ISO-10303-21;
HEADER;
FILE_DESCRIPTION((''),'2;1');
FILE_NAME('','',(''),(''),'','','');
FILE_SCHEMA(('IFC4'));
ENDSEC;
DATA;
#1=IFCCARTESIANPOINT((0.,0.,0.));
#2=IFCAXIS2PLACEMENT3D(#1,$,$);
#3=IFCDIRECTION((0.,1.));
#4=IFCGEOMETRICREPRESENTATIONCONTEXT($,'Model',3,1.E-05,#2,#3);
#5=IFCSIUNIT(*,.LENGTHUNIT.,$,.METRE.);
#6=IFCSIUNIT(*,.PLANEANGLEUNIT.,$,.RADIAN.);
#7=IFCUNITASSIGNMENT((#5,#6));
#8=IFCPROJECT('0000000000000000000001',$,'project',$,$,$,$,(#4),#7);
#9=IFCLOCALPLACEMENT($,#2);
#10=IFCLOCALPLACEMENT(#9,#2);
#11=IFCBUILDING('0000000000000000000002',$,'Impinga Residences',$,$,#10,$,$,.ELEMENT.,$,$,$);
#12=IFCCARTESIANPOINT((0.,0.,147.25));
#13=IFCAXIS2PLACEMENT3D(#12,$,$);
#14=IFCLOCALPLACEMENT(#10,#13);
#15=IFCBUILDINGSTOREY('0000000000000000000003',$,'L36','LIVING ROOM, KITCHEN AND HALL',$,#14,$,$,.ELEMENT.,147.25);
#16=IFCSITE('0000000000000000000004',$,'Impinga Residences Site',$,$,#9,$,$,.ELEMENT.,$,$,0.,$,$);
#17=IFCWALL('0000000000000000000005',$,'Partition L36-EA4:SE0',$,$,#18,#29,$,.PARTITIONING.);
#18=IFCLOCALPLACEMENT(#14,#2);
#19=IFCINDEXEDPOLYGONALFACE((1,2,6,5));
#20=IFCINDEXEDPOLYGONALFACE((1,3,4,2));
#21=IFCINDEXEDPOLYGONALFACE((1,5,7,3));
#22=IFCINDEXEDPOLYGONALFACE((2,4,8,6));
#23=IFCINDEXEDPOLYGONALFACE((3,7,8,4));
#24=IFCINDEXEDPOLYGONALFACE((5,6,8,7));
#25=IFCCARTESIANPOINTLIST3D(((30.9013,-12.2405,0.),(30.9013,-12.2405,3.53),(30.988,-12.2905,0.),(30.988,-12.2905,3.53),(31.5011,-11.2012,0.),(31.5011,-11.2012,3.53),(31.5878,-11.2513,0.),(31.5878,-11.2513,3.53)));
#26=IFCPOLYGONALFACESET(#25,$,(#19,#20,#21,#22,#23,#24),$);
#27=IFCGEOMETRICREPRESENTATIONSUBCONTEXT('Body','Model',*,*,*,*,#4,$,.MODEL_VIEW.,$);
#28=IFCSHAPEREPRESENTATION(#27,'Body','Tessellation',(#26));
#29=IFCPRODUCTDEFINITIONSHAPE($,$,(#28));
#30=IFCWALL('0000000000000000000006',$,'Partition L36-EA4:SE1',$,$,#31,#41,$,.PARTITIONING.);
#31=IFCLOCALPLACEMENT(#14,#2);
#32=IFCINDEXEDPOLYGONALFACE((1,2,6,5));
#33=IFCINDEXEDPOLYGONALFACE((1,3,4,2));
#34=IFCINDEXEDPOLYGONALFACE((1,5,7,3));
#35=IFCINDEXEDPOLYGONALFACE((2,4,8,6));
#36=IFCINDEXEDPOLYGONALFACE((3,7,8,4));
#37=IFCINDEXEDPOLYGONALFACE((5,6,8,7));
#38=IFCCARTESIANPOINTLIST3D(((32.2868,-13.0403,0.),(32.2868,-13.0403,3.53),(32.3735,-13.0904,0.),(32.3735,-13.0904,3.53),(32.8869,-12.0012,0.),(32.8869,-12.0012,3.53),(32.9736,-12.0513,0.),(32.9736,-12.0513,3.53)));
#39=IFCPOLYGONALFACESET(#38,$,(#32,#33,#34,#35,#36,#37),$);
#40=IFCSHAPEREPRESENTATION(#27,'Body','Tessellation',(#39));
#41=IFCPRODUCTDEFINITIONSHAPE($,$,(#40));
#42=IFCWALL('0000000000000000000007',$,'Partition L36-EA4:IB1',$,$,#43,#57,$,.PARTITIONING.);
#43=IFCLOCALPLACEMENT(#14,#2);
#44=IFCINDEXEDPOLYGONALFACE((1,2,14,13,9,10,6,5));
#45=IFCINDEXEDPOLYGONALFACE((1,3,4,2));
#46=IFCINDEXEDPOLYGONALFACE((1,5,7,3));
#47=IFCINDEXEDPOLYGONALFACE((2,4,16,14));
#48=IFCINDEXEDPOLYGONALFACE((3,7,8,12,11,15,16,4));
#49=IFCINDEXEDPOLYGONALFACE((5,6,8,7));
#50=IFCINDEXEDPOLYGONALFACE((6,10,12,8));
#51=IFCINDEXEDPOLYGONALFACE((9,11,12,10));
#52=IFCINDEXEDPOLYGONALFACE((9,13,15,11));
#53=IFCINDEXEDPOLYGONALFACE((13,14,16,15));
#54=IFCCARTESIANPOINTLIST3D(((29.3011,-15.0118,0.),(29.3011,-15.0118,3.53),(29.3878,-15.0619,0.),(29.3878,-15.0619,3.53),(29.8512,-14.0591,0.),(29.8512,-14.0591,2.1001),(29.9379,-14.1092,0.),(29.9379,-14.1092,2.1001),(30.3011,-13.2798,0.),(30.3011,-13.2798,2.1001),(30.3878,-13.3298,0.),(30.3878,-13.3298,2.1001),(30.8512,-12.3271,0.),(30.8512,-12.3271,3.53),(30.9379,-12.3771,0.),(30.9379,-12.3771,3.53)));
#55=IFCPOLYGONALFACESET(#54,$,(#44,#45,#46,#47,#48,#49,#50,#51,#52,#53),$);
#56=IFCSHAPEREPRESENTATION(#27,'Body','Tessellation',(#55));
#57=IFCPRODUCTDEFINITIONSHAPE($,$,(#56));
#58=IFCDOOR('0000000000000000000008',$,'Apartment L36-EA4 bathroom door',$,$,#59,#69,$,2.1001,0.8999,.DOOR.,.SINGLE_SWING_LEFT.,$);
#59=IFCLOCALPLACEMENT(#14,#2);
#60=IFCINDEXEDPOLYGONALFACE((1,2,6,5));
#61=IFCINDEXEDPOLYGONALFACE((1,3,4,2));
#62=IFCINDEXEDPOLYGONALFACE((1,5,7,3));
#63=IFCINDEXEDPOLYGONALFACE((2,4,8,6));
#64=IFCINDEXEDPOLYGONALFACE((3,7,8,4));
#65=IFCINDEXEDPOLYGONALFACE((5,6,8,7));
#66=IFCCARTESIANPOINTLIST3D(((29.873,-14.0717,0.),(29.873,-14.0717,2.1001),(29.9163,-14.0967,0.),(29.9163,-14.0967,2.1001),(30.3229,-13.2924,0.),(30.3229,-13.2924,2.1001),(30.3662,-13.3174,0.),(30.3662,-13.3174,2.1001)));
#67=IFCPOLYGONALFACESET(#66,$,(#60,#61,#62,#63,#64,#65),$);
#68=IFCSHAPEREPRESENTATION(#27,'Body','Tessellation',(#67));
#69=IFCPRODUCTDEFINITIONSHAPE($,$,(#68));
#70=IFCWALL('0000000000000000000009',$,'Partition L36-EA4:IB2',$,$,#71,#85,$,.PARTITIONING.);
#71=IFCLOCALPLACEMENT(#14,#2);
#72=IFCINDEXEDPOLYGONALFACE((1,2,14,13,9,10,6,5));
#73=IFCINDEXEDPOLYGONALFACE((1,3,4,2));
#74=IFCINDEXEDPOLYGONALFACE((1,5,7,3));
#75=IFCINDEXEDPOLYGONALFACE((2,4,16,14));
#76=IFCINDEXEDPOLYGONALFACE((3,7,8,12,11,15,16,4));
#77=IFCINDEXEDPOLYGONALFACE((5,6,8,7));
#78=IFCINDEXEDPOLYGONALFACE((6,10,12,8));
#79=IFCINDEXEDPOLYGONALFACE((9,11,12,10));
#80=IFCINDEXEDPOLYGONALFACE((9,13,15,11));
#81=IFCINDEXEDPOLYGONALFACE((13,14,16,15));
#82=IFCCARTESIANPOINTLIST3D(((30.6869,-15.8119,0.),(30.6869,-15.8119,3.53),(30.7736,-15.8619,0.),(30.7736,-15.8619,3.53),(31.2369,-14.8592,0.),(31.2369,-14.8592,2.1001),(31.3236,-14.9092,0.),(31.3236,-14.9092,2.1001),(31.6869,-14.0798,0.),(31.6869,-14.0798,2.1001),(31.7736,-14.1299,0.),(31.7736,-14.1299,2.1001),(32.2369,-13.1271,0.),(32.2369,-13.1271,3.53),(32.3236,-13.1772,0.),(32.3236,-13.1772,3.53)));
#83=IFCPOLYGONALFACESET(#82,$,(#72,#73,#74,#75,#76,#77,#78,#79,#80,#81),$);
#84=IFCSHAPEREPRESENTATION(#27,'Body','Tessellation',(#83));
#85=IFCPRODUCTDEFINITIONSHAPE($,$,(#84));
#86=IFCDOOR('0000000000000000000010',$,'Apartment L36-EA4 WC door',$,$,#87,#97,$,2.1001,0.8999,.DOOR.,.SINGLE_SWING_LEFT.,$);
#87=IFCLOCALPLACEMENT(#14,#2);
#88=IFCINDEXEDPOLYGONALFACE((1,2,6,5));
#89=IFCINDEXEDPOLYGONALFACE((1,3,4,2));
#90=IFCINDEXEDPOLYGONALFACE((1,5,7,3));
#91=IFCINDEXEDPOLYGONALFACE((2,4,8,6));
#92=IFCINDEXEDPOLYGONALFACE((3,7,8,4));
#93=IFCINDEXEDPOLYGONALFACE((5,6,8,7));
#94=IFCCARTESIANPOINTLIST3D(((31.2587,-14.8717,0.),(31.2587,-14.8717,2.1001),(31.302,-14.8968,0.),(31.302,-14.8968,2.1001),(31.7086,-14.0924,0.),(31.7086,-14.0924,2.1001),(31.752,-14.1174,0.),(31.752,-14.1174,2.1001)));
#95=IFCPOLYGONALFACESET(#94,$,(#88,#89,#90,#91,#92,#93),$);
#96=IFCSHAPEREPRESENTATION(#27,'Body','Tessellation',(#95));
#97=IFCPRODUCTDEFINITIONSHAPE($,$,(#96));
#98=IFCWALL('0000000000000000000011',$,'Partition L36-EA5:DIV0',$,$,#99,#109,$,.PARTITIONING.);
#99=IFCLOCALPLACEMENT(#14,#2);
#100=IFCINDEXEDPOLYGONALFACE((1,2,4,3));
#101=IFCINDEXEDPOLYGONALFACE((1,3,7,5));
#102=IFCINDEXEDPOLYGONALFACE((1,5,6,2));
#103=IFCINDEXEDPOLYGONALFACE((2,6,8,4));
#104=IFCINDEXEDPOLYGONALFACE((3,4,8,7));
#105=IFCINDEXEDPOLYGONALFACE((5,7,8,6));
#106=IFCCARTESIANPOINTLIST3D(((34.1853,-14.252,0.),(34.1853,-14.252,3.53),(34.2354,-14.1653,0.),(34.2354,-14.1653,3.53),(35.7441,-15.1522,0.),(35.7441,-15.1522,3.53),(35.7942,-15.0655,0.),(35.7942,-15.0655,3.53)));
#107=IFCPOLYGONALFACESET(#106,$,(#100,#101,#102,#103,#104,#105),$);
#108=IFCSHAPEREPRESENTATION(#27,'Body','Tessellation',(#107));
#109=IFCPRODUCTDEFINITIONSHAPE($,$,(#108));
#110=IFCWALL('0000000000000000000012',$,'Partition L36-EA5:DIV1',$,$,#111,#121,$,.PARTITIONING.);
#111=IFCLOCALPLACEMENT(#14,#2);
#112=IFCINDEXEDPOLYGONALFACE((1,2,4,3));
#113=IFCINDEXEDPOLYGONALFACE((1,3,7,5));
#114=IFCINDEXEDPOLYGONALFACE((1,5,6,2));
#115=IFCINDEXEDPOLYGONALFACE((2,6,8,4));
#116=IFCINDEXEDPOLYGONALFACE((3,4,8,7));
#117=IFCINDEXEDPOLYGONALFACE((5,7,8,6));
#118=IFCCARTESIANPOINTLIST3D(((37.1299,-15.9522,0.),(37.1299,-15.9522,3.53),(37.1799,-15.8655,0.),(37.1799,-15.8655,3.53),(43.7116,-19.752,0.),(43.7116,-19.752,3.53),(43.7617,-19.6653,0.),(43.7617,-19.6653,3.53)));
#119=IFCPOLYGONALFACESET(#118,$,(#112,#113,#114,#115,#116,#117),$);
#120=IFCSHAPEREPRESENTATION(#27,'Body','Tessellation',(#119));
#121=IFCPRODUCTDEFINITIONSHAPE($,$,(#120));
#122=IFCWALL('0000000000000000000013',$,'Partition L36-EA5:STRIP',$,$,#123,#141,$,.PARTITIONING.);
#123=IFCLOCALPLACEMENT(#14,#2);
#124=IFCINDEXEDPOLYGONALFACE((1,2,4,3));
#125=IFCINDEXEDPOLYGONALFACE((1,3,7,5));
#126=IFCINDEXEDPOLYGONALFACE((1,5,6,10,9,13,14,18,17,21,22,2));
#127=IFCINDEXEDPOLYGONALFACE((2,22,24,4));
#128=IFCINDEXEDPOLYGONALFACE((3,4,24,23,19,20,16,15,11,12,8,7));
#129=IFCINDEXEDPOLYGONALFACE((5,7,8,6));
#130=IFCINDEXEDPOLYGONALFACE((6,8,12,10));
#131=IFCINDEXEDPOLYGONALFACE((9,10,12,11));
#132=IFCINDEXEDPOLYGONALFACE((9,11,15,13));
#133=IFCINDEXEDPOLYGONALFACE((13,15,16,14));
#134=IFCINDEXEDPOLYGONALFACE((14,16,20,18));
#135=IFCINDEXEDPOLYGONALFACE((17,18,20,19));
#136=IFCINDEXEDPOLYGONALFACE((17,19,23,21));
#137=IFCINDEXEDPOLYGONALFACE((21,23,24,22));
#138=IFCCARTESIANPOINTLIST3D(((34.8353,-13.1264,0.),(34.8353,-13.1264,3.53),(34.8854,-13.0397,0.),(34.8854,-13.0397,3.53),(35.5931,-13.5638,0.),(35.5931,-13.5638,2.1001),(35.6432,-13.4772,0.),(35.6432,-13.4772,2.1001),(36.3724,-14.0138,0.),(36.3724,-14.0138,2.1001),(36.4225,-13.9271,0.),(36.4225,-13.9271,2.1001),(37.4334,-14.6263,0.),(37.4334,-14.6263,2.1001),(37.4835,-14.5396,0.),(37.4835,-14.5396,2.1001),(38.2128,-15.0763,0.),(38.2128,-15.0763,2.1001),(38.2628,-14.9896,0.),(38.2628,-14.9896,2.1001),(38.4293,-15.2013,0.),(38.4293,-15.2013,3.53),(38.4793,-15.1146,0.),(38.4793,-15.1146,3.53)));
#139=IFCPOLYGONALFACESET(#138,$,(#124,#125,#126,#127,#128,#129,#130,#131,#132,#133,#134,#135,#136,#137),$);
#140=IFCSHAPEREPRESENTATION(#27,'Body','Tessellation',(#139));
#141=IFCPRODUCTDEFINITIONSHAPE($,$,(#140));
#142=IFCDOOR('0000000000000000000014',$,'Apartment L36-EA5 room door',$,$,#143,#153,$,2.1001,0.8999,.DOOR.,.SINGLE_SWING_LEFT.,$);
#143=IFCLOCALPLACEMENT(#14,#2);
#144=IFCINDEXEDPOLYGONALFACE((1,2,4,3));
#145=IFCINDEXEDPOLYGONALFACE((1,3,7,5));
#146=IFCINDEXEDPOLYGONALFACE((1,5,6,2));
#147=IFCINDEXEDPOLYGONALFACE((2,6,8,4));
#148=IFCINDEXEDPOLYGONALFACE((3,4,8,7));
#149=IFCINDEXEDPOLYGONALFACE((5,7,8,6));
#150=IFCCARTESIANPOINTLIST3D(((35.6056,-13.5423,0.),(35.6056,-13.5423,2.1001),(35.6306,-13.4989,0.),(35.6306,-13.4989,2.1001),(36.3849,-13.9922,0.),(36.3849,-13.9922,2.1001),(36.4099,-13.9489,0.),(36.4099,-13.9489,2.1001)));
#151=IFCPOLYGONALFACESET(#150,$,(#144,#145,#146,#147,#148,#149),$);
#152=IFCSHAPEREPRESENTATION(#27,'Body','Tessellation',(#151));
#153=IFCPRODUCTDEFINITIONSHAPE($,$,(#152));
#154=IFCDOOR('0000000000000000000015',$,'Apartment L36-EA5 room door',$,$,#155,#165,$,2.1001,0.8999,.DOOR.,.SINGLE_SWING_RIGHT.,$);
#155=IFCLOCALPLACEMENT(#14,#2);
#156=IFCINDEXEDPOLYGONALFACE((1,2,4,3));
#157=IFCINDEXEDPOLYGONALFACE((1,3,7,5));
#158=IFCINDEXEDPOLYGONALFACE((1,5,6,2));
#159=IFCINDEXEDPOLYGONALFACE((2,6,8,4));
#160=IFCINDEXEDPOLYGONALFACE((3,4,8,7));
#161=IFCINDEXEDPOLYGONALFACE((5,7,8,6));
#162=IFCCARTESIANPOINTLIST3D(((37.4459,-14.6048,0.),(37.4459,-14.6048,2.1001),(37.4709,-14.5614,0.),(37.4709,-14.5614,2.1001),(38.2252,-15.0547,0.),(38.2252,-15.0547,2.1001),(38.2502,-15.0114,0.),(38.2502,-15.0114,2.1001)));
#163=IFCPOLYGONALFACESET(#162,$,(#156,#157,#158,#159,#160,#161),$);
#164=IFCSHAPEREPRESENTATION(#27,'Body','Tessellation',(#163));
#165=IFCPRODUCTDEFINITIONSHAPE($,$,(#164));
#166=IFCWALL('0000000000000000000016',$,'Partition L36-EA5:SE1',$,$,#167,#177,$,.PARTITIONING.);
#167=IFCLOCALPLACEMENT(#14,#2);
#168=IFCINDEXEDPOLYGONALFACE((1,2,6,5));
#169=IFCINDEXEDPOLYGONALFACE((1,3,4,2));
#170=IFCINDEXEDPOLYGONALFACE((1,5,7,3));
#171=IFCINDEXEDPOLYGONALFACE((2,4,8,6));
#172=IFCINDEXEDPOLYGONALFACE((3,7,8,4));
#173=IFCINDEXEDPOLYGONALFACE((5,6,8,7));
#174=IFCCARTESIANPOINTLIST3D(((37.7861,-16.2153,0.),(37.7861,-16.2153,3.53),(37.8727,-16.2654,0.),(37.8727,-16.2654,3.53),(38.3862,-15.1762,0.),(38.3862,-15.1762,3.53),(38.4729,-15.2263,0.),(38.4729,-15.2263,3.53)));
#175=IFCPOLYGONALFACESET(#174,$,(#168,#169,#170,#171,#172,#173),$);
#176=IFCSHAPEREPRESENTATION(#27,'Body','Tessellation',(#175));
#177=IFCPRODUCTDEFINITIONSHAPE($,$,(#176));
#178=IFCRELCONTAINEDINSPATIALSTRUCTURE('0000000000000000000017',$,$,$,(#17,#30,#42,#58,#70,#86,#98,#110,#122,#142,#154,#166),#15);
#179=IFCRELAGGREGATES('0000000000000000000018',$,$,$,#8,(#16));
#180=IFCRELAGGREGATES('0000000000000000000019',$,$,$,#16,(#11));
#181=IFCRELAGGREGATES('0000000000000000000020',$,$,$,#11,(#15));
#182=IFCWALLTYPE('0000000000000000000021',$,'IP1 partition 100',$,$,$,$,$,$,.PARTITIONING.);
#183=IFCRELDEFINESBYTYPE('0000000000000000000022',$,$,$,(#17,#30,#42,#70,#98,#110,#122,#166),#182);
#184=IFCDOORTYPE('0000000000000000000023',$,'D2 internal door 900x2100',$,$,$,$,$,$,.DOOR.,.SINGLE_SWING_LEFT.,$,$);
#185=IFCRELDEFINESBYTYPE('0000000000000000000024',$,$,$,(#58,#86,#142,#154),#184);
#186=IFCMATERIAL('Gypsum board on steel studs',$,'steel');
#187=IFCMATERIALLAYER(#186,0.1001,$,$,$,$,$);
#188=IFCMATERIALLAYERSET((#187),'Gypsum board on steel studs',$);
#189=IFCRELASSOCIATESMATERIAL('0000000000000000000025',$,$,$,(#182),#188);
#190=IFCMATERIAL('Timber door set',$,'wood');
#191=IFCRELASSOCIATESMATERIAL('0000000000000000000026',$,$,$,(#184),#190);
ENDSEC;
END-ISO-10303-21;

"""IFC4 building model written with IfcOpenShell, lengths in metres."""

from ifc_helpers import new_model, si_unit, direction, frame, frame_2d, origin, place, context, subcontext, project, spatial, rectangle, extrude, material, layer, layer_set, type_object, element, fill, save


model = new_model("IFC4")

# Units and contexts
model_context = context("Model", 3, precision=1e-05, world=origin(), true_north=direction((0.0, 1.0)))
body_context = subcontext(model_context, "Body", "Model", "MODEL_VIEW")
ifc_project = project(units=[si_unit("LENGTHUNIT", "METRE"), si_unit("PLANEANGLEUNIT", "RADIAN")], contexts=[model_context])

# Site, building, storey
site_placement = place(None, origin())
site = spatial("IfcSite", under=ifc_project, at=site_placement, Name="Impinga Residences Site", CompositionType="ELEMENT", RefElevation=0.0)
building_placement = place(site_placement, origin())
building = spatial("IfcBuilding", under=site, at=building_placement, Name="Impinga Residences", CompositionType="ELEMENT")
storey_placement = place(building_placement, frame((0.0, 0.0, 147.25)))
storey = spatial("IfcBuildingStorey", under=building, at=storey_placement, Name="L36", Description="LIVING ROOM, KITCHEN AND HALL", CompositionType="ELEMENT", Elevation=147.25)

# Shared definitions
ifc_material_1 = material(Name="Gypsum board on steel studs", Category="steel")
ifc_layer_1 = layer(ifc_material_1, 0.1001)
ifc_layer_set_1 = layer_set([ifc_layer_1], Name="Gypsum board on steel studs")
wall_type_1 = type_object("IfcWallType", Name="IP1 partition 100", PredefinedType="PARTITIONING", material=ifc_layer_set_1)

# Shared definitions
ifc_material_2 = material(Name="Timber door set", Category="wood")
door_type = type_object("IfcDoorType", Name="D2 internal door 900x2100", OperationType="SINGLE_SWING_LEFT", PredefinedType="DOOR", material=ifc_material_2)

# Walls
for number, where, z_axis, x_axis, name in (
    (1, (30.9446, -12.2656, 0.0), (0.0, 0.0, 1.0), (0.499881, 0.866094, 0.0), "Partition L36-EA4:SE0"),
    (2, (32.3301, -13.0654, 0.0), (0.0, 0.0, 1.0), (0.500122, 0.865955, 0.0), "Partition L36-EA4:SE1"),
):
    element("IfcWall", number, at=place(storey_placement, frame(where, z_axis=z_axis, x_axis=x_axis)), inside=storey, type_object=wall_type_1, Name=name, PredefinedType="PARTITIONING", context=body_context, shape_type="SweptSolid", body=[
        extrude(rectangle(XDim=1.2, YDim=0.1001, at=frame_2d((0.6001, 0.0))), origin(), (0.0, 0.0, 1.0), 3.53),
    ])

# Walls, openings, doors
wall_1_placement = place(storey_placement, frame((29.3445, -15.0369, 0.0), z_axis=(0.0, 0.0, 1.0), x_axis=(0.499993, 0.86603, 0.0)))
wall_1 = element("IfcWall", 3, at=wall_1_placement, inside=storey, type_object=wall_type_1, Name="Partition L36-EA4:IB1", PredefinedType="PARTITIONING", context=body_context, shape_type="SweptSolid", body=[
    extrude(rectangle(XDim=3.1001, YDim=0.1001, at=frame_2d((1.55, 0.0))), origin(), (0.0, 0.0, 1.0), 3.53),
])
opening_1_placement = place(wall_1_placement, frame((1.1001, 0.0, 0.0)))
opening_1 = element("IfcOpeningElement", 4, at=opening_1_placement, cuts=wall_1, PredefinedType="OPENING", context=body_context, shape_type="SweptSolid", body=[
    extrude(rectangle(XDim=0.8999, YDim=2.1001, at=frame_2d((0.45, 1.05))), frame((0.0, 0.0601, 0.0), z_axis=(0.0, -1.0, 0.0), x_axis=(1.0, 0.0, 0.0)), (0.0, 0.0, 1.0), 0.1201),
])
door_1_placement = place(opening_1_placement, origin())
door_1 = element("IfcDoor", 5, at=door_1_placement, inside=storey, type_object=door_type, Name="Apartment L36-EA4 bathroom door", OperationType="SINGLE_SWING_LEFT", OverallHeight=2.1001, OverallWidth=0.8999, PredefinedType="DOOR", context=body_context, shape_type="SweptSolid", body=[
    extrude(rectangle(XDim=0.8999, YDim=2.1001, at=frame_2d((0.45, 1.05))), frame((0.0, 0.0249, 0.0), z_axis=(0.0, -1.0, 0.0), x_axis=(1.0, 0.0, 0.0)), (0.0, 0.0, 1.0), 0.05),
])
fill(opening_1, door_1)
wall_2_placement = place(storey_placement, frame((30.7302, -15.8369, 0.0), z_axis=(0.0, 0.0, 1.0), x_axis=(0.499993, 0.86603, 0.0)))
wall_2 = element("IfcWall", 6, at=wall_2_placement, inside=storey, type_object=wall_type_1, Name="Partition L36-EA4:IB2", PredefinedType="PARTITIONING", context=body_context, shape_type="SweptSolid", body=[
    extrude(rectangle(XDim=3.1001, YDim=0.1001, at=frame_2d((1.55, 0.0))), origin(), (0.0, 0.0, 1.0), 3.53),
])
opening_2_placement = place(wall_2_placement, frame((1.1001, 0.0, 0.0)))
opening_2 = element("IfcOpeningElement", 7, at=opening_2_placement, cuts=wall_2, PredefinedType="OPENING", context=body_context, shape_type="SweptSolid", body=[
    extrude(rectangle(XDim=0.8999, YDim=2.1001, at=frame_2d((0.45, 1.05))), frame((0.0, 0.0601, 0.0), z_axis=(0.0, -1.0, 0.0), x_axis=(1.0, 0.0, 0.0)), (0.0, 0.0, 1.0), 0.1201),
])
door_2_placement = place(opening_2_placement, origin())
door_2 = element("IfcDoor", 8, at=door_2_placement, inside=storey, type_object=door_type, Name="Apartment L36-EA4 WC door", OperationType="SINGLE_SWING_LEFT", OverallHeight=2.1001, OverallWidth=0.8999, PredefinedType="DOOR", context=body_context, shape_type="SweptSolid", body=[
    extrude(rectangle(XDim=0.8999, YDim=2.1001, at=frame_2d((0.45, 1.05))), frame((0.0, 0.0249, 0.0), z_axis=(0.0, -1.0, 0.0), x_axis=(1.0, 0.0, 0.0)), (0.0, 0.0, 1.0), 0.05),
])
fill(opening_2, door_2)

# Walls
wall_3_placement = place(storey_placement, frame((34.2104, -14.2087, 0.0), z_axis=(0.0, 0.0, 1.0), x_axis=(0.865989, -0.500063, 0.0)))
element("IfcWall", 9, at=wall_3_placement, inside=storey, type_object=wall_type_1, Name="Partition L36-EA5:DIV0", PredefinedType="PARTITIONING", context=body_context, shape_type="SweptSolid", body=[
    extrude(rectangle(XDim=1.8, YDim=0.1001, at=frame_2d((0.8999, 0.0))), origin(), (0.0, 0.0, 1.0), 3.53),
])
wall_4_placement = place(storey_placement, frame((37.155, -15.9089, 0.0), z_axis=(0.0, 0.0, 1.0), x_axis=(0.866036, -0.499981, 0.0)))
element("IfcWall", 10, at=wall_4_placement, inside=storey, type_object=wall_type_1, Name="Partition L36-EA5:DIV1", PredefinedType="PARTITIONING", context=body_context, shape_type="SweptSolid", body=[
    extrude(rectangle(XDim=7.5999, YDim=0.1001, at=frame_2d((3.7998, 0.0))), origin(), (0.0, 0.0, 1.0), 3.53),
])

# Wall, openings, doors
wall_5_placement = place(storey_placement, frame((34.8604, -13.083, 0.0), z_axis=(0.0, 0.0, 1.0), x_axis=(0.86603, -0.499992, 0.0)))
wall_5 = element("IfcWall", 11, at=wall_5_placement, inside=storey, type_object=wall_type_1, Name="Partition L36-EA5:STRIP", PredefinedType="PARTITIONING", context=body_context, shape_type="SweptSolid", body=[
    extrude(rectangle(XDim=4.1499, YDim=0.1001, at=frame_2d((2.075, 0.0))), origin(), (0.0, 0.0, 1.0), 3.53),
])
opening_3_placement = place(wall_5_placement, frame((0.875, 0.0, 0.0)))
opening_3 = element("IfcOpeningElement", 12, at=opening_3_placement, cuts=wall_5, PredefinedType="OPENING", context=body_context, shape_type="SweptSolid", body=[
    extrude(rectangle(XDim=0.8999, YDim=2.1001, at=frame_2d((0.45, 1.05))), frame((0.0, 0.0601, 0.0), z_axis=(0.0, -1.0, 0.0), x_axis=(1.0, 0.0, 0.0)), (0.0, 0.0, 1.0), 0.1201),
])
opening_4_placement = place(wall_5_placement, frame((3.0, 0.0, 0.0)))
opening_4 = element("IfcOpeningElement", 13, at=opening_4_placement, cuts=wall_5, PredefinedType="OPENING", context=body_context, shape_type="SweptSolid", body=[
    extrude(rectangle(XDim=0.8999, YDim=2.1001, at=frame_2d((0.45, 1.05))), frame((0.0, 0.0601, 0.0), z_axis=(0.0, -1.0, 0.0), x_axis=(1.0, 0.0, 0.0)), (0.0, 0.0, 1.0), 0.1201),
])
door_3_placement = place(opening_3_placement, origin())
door_3 = element("IfcDoor", 14, at=door_3_placement, inside=storey, type_object=door_type, Name="Apartment L36-EA5 room door", OperationType="SINGLE_SWING_LEFT", OverallHeight=2.1001, OverallWidth=0.8999, PredefinedType="DOOR", context=body_context, shape_type="SweptSolid", body=[
    extrude(rectangle(XDim=0.8999, YDim=2.1001, at=frame_2d((0.45, 1.05))), frame((0.0, 0.0249, 0.0), z_axis=(0.0, -1.0, 0.0), x_axis=(1.0, 0.0, 0.0)), (0.0, 0.0, 1.0), 0.05),
])
fill(opening_3, door_3)
door_4_placement = place(opening_4_placement, origin())
door_4 = element("IfcDoor", 15, at=door_4_placement, inside=storey, type_object=door_type, Name="Apartment L36-EA5 room door", OperationType="SINGLE_SWING_RIGHT", OverallHeight=2.1001, OverallWidth=0.8999, PredefinedType="DOOR", context=body_context, shape_type="SweptSolid", body=[
    extrude(rectangle(XDim=0.8999, YDim=2.1001, at=frame_2d((0.45, 1.05))), frame((0.0, 0.0249, 0.0), z_axis=(0.0, -1.0, 0.0), x_axis=(1.0, 0.0, 0.0)), (0.0, 0.0, 1.0), 0.05),
])
fill(opening_4, door_4)

# Wall
wall_6_placement = place(storey_placement, frame((37.8293, -16.2405, 0.0), z_axis=(0.0, 0.0, 1.0), x_axis=(0.500122, 0.865955, 0.0)))
element("IfcWall", 16, at=wall_6_placement, inside=storey, type_object=wall_type_1, Name="Partition L36-EA5:SE1", PredefinedType="PARTITIONING", context=body_context, shape_type="SweptSolid", body=[
    extrude(rectangle(XDim=1.2, YDim=0.1001, at=frame_2d((0.6001, 0.0))), origin(), (0.0, 0.0, 1.0), 3.53),
])

save(model, "model.ifc")
